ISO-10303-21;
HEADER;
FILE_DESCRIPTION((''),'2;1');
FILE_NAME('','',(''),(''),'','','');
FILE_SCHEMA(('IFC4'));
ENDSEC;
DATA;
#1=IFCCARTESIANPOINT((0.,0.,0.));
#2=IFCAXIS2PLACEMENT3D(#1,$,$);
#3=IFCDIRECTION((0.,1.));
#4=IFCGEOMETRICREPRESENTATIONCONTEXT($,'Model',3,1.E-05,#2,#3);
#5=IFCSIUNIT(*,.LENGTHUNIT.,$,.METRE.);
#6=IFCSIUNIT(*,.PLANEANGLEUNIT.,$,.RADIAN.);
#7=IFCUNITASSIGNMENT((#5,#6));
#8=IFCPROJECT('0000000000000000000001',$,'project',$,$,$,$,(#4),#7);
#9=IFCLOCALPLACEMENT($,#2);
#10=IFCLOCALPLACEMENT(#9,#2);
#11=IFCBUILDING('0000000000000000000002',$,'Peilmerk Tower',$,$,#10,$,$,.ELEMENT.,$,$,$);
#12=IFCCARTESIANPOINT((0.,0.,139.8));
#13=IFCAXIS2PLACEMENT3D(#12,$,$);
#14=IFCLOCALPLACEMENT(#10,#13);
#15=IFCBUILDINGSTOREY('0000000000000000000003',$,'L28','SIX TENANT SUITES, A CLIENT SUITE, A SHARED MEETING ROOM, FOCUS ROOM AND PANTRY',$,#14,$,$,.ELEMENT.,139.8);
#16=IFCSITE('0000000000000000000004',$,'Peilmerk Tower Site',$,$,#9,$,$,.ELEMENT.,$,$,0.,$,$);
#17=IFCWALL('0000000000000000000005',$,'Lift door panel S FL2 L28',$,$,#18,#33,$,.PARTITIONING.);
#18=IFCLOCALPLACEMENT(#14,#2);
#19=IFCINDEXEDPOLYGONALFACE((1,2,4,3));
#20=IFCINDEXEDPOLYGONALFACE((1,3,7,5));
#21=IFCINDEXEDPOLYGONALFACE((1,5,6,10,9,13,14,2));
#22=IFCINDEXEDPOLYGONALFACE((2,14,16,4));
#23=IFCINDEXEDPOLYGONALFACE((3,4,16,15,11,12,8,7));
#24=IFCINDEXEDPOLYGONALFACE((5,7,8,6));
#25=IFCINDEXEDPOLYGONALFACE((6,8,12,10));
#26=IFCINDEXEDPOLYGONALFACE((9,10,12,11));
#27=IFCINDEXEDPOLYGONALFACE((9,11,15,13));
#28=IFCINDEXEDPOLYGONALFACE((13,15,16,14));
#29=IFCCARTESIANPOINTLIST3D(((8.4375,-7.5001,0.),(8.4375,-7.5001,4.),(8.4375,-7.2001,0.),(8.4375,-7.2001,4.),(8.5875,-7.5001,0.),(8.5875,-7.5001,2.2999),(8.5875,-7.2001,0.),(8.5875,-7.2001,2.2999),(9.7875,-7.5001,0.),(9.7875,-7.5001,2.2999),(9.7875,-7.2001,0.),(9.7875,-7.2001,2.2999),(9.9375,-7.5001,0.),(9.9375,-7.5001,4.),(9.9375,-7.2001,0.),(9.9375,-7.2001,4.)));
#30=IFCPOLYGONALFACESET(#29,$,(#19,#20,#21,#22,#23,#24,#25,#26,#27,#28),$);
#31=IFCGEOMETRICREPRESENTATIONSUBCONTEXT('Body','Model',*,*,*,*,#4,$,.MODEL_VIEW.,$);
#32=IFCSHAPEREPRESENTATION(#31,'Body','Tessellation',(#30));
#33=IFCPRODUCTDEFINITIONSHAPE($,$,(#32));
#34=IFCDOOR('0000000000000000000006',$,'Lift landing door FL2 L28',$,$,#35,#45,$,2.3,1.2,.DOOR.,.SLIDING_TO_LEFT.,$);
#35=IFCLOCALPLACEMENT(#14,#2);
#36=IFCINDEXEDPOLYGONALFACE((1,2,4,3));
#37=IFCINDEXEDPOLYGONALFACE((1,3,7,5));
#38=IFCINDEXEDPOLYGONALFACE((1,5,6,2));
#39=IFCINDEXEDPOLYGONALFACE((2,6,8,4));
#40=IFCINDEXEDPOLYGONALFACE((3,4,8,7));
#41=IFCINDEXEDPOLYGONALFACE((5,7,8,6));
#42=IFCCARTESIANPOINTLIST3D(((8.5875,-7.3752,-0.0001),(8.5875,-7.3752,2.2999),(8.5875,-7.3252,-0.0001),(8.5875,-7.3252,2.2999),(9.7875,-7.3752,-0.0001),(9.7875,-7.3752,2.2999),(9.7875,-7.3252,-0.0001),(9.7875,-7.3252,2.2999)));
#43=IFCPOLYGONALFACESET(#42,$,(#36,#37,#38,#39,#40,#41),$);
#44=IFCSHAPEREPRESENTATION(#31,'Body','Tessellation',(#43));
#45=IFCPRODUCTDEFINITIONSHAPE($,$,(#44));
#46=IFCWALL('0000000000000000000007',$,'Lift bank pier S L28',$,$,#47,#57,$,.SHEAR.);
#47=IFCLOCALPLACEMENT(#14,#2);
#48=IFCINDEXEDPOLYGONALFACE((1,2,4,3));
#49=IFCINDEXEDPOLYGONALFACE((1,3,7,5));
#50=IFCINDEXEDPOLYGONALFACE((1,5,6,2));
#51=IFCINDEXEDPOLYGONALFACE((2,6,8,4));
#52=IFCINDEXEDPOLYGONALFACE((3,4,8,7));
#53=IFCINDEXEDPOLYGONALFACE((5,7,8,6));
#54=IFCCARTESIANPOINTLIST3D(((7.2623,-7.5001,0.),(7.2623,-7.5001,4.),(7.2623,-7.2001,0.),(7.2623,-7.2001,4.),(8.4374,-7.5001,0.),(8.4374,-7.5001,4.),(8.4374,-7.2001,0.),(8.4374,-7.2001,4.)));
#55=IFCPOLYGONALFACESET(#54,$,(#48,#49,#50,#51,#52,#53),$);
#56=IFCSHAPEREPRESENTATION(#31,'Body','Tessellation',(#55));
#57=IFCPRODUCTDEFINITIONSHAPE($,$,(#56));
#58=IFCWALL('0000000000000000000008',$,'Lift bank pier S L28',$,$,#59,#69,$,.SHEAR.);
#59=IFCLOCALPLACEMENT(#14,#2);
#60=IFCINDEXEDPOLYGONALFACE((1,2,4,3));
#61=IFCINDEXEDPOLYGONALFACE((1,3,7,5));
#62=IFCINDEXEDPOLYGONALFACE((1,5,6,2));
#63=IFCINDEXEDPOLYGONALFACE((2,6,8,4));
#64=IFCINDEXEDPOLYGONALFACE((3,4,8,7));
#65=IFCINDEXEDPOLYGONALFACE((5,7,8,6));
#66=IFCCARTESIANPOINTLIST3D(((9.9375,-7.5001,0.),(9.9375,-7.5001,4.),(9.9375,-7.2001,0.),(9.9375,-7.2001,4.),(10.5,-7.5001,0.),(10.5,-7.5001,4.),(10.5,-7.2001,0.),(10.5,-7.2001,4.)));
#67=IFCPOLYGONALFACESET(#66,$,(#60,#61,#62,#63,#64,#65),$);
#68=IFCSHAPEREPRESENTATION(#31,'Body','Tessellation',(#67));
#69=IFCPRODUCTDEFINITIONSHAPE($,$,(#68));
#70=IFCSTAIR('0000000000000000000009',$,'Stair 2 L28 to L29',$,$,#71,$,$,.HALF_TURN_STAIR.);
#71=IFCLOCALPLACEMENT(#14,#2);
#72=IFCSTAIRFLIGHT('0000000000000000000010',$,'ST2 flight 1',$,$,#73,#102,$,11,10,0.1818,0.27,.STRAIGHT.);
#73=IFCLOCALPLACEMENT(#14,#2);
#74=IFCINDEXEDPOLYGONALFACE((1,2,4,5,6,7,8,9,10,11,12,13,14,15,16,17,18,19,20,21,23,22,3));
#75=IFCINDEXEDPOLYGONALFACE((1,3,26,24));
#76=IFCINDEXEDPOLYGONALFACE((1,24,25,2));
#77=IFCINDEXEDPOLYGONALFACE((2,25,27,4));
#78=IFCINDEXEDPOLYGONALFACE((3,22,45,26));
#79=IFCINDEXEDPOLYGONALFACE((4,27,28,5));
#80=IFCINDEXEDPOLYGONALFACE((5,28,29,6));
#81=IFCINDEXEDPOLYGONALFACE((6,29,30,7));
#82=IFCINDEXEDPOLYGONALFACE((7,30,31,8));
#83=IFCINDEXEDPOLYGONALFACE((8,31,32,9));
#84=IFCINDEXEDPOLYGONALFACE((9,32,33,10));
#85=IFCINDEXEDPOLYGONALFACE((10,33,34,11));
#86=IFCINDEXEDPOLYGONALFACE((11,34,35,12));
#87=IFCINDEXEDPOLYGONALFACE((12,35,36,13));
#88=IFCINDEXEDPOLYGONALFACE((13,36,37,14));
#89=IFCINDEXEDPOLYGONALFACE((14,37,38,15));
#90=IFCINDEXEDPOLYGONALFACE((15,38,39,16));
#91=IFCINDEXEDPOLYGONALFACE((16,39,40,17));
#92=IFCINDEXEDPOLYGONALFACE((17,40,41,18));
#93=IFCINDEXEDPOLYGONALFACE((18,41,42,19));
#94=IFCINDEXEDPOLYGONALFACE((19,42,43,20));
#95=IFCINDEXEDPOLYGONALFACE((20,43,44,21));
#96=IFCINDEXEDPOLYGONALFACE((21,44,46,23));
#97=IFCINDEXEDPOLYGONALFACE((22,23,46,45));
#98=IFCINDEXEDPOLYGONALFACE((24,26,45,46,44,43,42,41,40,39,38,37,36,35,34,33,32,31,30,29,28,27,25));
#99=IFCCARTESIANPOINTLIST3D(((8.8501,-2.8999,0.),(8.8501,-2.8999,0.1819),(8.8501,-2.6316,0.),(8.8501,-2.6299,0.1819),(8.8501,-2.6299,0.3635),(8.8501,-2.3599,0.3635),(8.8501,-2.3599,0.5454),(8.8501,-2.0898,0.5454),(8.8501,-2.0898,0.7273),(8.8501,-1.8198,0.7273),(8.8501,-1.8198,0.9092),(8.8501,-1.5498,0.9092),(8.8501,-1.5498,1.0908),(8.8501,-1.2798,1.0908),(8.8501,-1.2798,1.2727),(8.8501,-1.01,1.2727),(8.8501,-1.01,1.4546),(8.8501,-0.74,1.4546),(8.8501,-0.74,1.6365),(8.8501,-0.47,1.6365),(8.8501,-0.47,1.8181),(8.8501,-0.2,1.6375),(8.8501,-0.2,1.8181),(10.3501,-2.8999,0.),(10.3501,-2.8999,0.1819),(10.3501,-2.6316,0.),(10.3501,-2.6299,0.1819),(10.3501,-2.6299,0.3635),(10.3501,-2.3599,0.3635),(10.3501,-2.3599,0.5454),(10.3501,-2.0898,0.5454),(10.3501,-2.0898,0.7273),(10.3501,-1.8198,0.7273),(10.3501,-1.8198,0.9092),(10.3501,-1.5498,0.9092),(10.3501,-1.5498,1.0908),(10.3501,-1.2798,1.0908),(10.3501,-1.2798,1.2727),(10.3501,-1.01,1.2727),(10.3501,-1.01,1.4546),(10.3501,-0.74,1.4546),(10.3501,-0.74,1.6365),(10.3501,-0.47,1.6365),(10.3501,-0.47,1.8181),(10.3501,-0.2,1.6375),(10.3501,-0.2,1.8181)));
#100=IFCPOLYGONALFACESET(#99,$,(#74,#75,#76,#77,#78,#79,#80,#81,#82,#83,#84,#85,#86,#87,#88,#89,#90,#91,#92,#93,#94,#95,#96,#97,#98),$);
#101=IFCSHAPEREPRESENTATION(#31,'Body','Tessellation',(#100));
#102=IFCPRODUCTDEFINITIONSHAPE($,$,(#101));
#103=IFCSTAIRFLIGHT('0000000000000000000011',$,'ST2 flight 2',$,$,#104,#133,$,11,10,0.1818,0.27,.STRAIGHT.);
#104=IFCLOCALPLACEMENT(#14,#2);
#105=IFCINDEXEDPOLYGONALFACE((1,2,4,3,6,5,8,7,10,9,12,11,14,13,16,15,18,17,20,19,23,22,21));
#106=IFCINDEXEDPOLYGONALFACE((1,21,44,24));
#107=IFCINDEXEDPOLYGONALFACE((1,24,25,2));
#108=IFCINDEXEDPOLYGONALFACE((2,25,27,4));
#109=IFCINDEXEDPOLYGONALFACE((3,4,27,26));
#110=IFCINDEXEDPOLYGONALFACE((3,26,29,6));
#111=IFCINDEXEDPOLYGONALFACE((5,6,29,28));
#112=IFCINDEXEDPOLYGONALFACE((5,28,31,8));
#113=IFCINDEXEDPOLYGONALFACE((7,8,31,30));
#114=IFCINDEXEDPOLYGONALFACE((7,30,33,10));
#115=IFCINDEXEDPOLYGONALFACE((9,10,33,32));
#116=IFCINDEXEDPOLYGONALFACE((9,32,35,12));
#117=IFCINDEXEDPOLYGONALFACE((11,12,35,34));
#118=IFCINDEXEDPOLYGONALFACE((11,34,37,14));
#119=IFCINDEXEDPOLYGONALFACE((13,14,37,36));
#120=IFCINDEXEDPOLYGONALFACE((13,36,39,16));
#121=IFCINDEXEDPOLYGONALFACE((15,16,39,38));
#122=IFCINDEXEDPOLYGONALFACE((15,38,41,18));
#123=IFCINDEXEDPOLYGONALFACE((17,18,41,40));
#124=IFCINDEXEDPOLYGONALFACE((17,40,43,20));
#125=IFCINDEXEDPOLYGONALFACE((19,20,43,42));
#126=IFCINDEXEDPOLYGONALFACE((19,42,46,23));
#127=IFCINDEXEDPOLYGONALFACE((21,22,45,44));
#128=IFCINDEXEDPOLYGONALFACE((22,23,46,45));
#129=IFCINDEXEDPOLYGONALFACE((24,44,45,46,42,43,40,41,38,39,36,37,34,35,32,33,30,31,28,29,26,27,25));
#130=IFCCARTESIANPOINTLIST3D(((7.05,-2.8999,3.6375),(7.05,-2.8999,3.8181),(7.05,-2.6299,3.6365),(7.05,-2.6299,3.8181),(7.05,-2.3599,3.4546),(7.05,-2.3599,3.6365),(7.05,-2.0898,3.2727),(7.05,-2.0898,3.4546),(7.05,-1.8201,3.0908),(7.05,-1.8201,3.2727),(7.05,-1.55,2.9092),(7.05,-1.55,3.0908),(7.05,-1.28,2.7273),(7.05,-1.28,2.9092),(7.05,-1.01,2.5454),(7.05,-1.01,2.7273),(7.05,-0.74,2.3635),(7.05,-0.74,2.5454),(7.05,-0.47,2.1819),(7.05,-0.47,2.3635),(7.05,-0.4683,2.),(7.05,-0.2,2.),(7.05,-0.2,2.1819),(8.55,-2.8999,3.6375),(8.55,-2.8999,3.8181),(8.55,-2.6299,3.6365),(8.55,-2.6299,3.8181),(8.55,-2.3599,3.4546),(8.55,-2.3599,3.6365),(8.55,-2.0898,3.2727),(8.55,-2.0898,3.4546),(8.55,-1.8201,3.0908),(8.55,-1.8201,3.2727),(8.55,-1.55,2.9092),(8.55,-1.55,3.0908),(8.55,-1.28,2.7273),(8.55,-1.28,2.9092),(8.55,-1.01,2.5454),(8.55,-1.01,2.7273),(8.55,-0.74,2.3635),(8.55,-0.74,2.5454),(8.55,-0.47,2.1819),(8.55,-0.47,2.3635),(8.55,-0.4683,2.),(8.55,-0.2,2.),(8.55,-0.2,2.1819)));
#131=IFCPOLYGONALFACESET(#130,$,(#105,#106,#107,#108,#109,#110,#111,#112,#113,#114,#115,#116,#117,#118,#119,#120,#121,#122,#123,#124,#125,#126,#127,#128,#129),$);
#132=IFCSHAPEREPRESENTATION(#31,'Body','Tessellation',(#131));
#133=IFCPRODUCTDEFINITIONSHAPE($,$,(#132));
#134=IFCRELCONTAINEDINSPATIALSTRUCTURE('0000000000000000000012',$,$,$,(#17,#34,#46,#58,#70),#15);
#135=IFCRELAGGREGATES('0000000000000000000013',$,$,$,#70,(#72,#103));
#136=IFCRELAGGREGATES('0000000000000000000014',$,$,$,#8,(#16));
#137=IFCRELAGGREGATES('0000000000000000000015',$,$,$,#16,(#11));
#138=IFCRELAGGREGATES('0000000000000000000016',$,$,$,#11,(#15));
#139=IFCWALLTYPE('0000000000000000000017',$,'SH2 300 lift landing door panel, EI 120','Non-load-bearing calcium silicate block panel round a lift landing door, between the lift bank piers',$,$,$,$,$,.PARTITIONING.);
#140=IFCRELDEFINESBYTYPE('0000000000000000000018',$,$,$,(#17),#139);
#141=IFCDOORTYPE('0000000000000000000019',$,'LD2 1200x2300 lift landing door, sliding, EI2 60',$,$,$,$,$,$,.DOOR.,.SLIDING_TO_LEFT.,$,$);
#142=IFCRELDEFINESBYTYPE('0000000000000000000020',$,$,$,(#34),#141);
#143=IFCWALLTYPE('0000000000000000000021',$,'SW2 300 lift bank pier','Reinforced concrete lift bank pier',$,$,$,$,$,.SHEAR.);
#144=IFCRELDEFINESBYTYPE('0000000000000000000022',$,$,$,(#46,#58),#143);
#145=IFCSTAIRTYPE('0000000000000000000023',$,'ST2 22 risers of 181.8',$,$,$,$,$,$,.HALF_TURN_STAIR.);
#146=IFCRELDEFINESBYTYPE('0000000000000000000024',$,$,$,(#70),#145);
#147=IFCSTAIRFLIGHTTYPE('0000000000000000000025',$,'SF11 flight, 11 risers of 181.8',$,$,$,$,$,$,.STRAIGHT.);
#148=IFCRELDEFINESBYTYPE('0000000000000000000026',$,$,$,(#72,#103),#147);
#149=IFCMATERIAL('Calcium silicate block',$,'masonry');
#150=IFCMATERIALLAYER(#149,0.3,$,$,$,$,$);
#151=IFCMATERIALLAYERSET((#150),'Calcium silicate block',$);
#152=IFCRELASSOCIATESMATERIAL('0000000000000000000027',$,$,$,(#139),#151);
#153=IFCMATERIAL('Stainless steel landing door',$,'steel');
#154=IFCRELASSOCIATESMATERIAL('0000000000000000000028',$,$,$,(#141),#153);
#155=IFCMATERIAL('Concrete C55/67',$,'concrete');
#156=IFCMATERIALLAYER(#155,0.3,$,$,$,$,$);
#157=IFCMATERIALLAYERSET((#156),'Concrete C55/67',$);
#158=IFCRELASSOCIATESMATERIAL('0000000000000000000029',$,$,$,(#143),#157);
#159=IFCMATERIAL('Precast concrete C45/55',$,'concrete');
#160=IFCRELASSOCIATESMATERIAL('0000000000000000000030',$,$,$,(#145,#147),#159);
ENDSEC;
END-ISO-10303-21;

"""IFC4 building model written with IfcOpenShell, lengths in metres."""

from ifc_helpers import new_model, si_unit, direction, frame, frame_2d, origin, place, context, subcontext, project, spatial, polyline, rectangle, outline, extrude, material, layer, layer_set, type_object, element, fill, aggregate, save


model = new_model("IFC4")

# Units and contexts
model_context = context("Model", 3, precision=1e-05, world=origin(), true_north=direction((0.0, 1.0)))
body_context = subcontext(model_context, "Body", "Model", "MODEL_VIEW")
ifc_project = project(units=[si_unit("LENGTHUNIT", "METRE"), si_unit("PLANEANGLEUNIT", "RADIAN")], contexts=[model_context])

# Site, building, storey
site_placement = place(None, origin())
site = spatial("IfcSite", under=ifc_project, at=site_placement, Name="Peilmerk Tower Site", CompositionType="ELEMENT", RefElevation=0.0)
building_placement = place(site_placement, origin())
building = spatial("IfcBuilding", under=site, at=building_placement, Name="Peilmerk Tower", CompositionType="ELEMENT")
storey_placement = place(building_placement, frame((0.0, 0.0, 139.8)))
storey = spatial("IfcBuildingStorey", under=building, at=storey_placement, Name="L28", Description="SIX TENANT SUITES, A CLIENT SUITE, A SHARED MEETING ROOM, FOCUS ROOM AND PANTRY", CompositionType="ELEMENT", Elevation=139.8)

# Shared definitions
ifc_material_1 = material(Name="Precast concrete C45/55", Category="concrete")

# Wall, opening, door
ifc_material_2 = material(Name="Calcium silicate block", Category="masonry")
ifc_layer_1 = layer(ifc_material_2, 0.3)
ifc_layer_set_1 = layer_set([ifc_layer_1], Name="Calcium silicate block")
wall_type_1 = type_object("IfcWallType", Name="SH2 300 lift landing door panel, EI 120", Description="Non-load-bearing calcium silicate block panel round a lift landing door, between the lift bank piers", PredefinedType="PARTITIONING", material=ifc_layer_set_1)
ifc_material_3 = material(Name="Stainless steel landing door", Category="steel")
wall_1_placement = place(storey_placement, frame((8.4375, -7.3501, 0.0), z_axis=(0.0, 0.0, 1.0), x_axis=(1.0, 0.0, 0.0)))
wall_1 = element("IfcWall", 1, at=wall_1_placement, inside=storey, type_object=wall_type_1, Name="Lift door panel S FL2 L28", PredefinedType="PARTITIONING", context=body_context, shape_type="SweptSolid", body=[
    extrude(rectangle(XDim=1.5, YDim=0.3, at=frame_2d((0.75, 0.0))), origin(), (0.0, 0.0, 1.0), 4.0),
])
opening_1_placement = place(wall_1_placement, frame((0.1499, 0.0, 0.0)))
opening_1 = element("IfcOpeningElement", 2, at=opening_1_placement, cuts=wall_1, PredefinedType="OPENING", context=body_context, shape_type="SweptSolid", body=[
    extrude(rectangle(XDim=1.2, YDim=2.3, at=frame_2d((0.6001, 1.1499))), frame((0.0, 0.1599, 0.0), z_axis=(0.0, -1.0, 0.0), x_axis=(1.0, 0.0, 0.0)), (0.0, 0.0, 1.0), 0.3201),
])
door_type_1 = type_object("IfcDoorType", Name="LD2 1200x2300 lift landing door, sliding, EI2 60", OperationType="SLIDING_TO_LEFT", PredefinedType="DOOR", material=ifc_material_3)
door_1_placement = place(opening_1_placement, origin())
door_1 = element("IfcDoor", 3, at=door_1_placement, inside=storey, type_object=door_type_1, Name="Lift landing door FL2 L28", OperationType="SLIDING_TO_LEFT", OverallHeight=2.3, OverallWidth=1.2, PredefinedType="DOOR", context=body_context, shape_type="SweptSolid", body=[
    extrude(rectangle(XDim=1.2, YDim=2.3, at=frame_2d((0.6001, 1.1499))), frame((0.0, 0.0249, 0.0), z_axis=(0.0, -1.0, 0.0), x_axis=(1.0, 0.0, 0.0)), (0.0, 0.0, 1.0), 0.05),
])
fill(opening_1, door_1)

# Walls
ifc_material_4 = material(Name="Concrete C55/67", Category="concrete")
ifc_layer_2 = layer(ifc_material_4, 0.3)
ifc_layer_set_2 = layer_set([ifc_layer_2], Name="Concrete C55/67")
wall_type_2 = type_object("IfcWallType", Name="SW2 300 lift bank pier", Description="Reinforced concrete lift bank pier", PredefinedType="SHEAR", material=ifc_layer_set_2)
wall_2_placement = place(storey_placement, frame((7.2625, -7.3501, 0.0), z_axis=(0.0, 0.0, 1.0), x_axis=(1.0, 0.0, 0.0)))
element("IfcWall", 4, at=wall_2_placement, inside=storey, type_object=wall_type_2, Name="Lift bank pier S L28", PredefinedType="SHEAR", context=body_context, shape_type="SweptSolid", body=[
    extrude(rectangle(XDim=1.175, YDim=0.3, at=frame_2d((0.5874, 0.0))), origin(), (0.0, 0.0, 1.0), 4.0),
])
wall_3_placement = place(storey_placement, frame((9.9375, -7.3501, 0.0), z_axis=(0.0, 0.0, 1.0), x_axis=(1.0, 0.0, 0.0)))
element("IfcWall", 5, at=wall_3_placement, inside=storey, type_object=wall_type_2, Name="Lift bank pier S L28", PredefinedType="SHEAR", context=body_context, shape_type="SweptSolid", body=[
    extrude(rectangle(XDim=0.5625, YDim=0.3, at=frame_2d((0.2812, 0.0))), origin(), (0.0, 0.0, 1.0), 4.0),
])

# Stair, stair flights
stair_type_1 = type_object("IfcStairType", Name="ST2 22 risers of 181.8", PredefinedType="HALF_TURN_STAIR", material=ifc_material_1)
stair_1_placement = place(storey_placement, origin())
stair_1 = element("IfcStair", 6, at=stair_1_placement, inside=storey, type_object=stair_type_1, Name="Stair 2 L28 to L29", PredefinedType="HALF_TURN_STAIR")
stair_flight_type = type_object("IfcStairFlightType", Name="SF11 flight, 11 risers of 181.8", PredefinedType="STRAIGHT", material=ifc_material_1)
stair_flight_1_placement = place(storey_placement, frame((9.6001, -2.8999, 0.0), z_axis=(0.0, 0.0, 1.0), x_axis=(0.0, 1.0, 0.0)))
stair_flight_1 = element("IfcStairFlight", 7, at=stair_flight_1_placement, type_object=stair_flight_type, Name="ST2 flight 1", NumberOfRisers=11, NumberOfTreads=10, PredefinedType="STRAIGHT", RiserHeight=0.1818, TreadLength=0.27, context=body_context, shape_type="SweptSolid", body=[
    extrude(outline(polyline([(0.0, 0.0), (0.0, 0.1819), (0.27, 0.1819), (0.27, 0.3635), (0.54, 0.3635), (0.54, 0.5454), (0.8101, 0.5454), (0.8101, 0.7273), (1.0801, 0.7273), (1.0801, 0.9092), (1.3501, 0.9092), (1.3501, 1.0908), (1.6201, 1.0908), (1.6201, 1.2727), (1.8899, 1.2727), (1.8899, 1.4546), (2.1599, 1.4546), (2.1599, 1.6365), (2.4299, 1.6365), (2.4299, 1.8181), (2.7, 1.8181), (2.7, 2.0), (2.7, 1.6375), (0.2683, 0.0), (0.0, 0.0)])), frame((0.0, 0.75, 0.0), z_axis=(0.0, -1.0, 0.0), x_axis=(1.0, 0.0, 0.0)), (0.0, 0.0, 1.0), 1.5),
])
stair_flight_2_placement = place(storey_placement, frame((7.8, -0.2, 2.0), z_axis=(0.0, 0.0, 1.0), x_axis=(0.0, -1.0, 0.0)))
stair_flight_2 = element("IfcStairFlight", 8, at=stair_flight_2_placement, type_object=stair_flight_type, Name="ST2 flight 2", NumberOfRisers=11, NumberOfTreads=10, PredefinedType="STRAIGHT", RiserHeight=0.1818, TreadLength=0.27, context=body_context, shape_type="SweptSolid", body=[
    extrude(outline(polyline([(0.0, 0.0), (0.0, 0.1819), (0.27, 0.1819), (0.27, 0.3635), (0.54, 0.3635), (0.54, 0.5454), (0.8101, 0.5454), (0.8101, 0.7273), (1.0801, 0.7273), (1.0801, 0.9092), (1.3501, 0.9092), (1.3501, 1.0908), (1.6201, 1.0908), (1.6201, 1.2727), (1.8899, 1.2727), (1.8899, 1.4546), (2.1599, 1.4546), (2.1599, 1.6365), (2.4299, 1.6365), (2.4299, 1.8181), (2.7, 1.8181), (2.7, 2.0), (2.7, 1.6375), (0.2683, 0.0), (0.0, 0.0)])), frame((0.0, 0.75, 0.0), z_axis=(0.0, -1.0, 0.0), x_axis=(1.0, 0.0, 0.0)), (0.0, 0.0, 1.0), 1.5),
])
aggregate(stair_1, [stair_flight_1, stair_flight_2])

save(model, "model.ifc")
